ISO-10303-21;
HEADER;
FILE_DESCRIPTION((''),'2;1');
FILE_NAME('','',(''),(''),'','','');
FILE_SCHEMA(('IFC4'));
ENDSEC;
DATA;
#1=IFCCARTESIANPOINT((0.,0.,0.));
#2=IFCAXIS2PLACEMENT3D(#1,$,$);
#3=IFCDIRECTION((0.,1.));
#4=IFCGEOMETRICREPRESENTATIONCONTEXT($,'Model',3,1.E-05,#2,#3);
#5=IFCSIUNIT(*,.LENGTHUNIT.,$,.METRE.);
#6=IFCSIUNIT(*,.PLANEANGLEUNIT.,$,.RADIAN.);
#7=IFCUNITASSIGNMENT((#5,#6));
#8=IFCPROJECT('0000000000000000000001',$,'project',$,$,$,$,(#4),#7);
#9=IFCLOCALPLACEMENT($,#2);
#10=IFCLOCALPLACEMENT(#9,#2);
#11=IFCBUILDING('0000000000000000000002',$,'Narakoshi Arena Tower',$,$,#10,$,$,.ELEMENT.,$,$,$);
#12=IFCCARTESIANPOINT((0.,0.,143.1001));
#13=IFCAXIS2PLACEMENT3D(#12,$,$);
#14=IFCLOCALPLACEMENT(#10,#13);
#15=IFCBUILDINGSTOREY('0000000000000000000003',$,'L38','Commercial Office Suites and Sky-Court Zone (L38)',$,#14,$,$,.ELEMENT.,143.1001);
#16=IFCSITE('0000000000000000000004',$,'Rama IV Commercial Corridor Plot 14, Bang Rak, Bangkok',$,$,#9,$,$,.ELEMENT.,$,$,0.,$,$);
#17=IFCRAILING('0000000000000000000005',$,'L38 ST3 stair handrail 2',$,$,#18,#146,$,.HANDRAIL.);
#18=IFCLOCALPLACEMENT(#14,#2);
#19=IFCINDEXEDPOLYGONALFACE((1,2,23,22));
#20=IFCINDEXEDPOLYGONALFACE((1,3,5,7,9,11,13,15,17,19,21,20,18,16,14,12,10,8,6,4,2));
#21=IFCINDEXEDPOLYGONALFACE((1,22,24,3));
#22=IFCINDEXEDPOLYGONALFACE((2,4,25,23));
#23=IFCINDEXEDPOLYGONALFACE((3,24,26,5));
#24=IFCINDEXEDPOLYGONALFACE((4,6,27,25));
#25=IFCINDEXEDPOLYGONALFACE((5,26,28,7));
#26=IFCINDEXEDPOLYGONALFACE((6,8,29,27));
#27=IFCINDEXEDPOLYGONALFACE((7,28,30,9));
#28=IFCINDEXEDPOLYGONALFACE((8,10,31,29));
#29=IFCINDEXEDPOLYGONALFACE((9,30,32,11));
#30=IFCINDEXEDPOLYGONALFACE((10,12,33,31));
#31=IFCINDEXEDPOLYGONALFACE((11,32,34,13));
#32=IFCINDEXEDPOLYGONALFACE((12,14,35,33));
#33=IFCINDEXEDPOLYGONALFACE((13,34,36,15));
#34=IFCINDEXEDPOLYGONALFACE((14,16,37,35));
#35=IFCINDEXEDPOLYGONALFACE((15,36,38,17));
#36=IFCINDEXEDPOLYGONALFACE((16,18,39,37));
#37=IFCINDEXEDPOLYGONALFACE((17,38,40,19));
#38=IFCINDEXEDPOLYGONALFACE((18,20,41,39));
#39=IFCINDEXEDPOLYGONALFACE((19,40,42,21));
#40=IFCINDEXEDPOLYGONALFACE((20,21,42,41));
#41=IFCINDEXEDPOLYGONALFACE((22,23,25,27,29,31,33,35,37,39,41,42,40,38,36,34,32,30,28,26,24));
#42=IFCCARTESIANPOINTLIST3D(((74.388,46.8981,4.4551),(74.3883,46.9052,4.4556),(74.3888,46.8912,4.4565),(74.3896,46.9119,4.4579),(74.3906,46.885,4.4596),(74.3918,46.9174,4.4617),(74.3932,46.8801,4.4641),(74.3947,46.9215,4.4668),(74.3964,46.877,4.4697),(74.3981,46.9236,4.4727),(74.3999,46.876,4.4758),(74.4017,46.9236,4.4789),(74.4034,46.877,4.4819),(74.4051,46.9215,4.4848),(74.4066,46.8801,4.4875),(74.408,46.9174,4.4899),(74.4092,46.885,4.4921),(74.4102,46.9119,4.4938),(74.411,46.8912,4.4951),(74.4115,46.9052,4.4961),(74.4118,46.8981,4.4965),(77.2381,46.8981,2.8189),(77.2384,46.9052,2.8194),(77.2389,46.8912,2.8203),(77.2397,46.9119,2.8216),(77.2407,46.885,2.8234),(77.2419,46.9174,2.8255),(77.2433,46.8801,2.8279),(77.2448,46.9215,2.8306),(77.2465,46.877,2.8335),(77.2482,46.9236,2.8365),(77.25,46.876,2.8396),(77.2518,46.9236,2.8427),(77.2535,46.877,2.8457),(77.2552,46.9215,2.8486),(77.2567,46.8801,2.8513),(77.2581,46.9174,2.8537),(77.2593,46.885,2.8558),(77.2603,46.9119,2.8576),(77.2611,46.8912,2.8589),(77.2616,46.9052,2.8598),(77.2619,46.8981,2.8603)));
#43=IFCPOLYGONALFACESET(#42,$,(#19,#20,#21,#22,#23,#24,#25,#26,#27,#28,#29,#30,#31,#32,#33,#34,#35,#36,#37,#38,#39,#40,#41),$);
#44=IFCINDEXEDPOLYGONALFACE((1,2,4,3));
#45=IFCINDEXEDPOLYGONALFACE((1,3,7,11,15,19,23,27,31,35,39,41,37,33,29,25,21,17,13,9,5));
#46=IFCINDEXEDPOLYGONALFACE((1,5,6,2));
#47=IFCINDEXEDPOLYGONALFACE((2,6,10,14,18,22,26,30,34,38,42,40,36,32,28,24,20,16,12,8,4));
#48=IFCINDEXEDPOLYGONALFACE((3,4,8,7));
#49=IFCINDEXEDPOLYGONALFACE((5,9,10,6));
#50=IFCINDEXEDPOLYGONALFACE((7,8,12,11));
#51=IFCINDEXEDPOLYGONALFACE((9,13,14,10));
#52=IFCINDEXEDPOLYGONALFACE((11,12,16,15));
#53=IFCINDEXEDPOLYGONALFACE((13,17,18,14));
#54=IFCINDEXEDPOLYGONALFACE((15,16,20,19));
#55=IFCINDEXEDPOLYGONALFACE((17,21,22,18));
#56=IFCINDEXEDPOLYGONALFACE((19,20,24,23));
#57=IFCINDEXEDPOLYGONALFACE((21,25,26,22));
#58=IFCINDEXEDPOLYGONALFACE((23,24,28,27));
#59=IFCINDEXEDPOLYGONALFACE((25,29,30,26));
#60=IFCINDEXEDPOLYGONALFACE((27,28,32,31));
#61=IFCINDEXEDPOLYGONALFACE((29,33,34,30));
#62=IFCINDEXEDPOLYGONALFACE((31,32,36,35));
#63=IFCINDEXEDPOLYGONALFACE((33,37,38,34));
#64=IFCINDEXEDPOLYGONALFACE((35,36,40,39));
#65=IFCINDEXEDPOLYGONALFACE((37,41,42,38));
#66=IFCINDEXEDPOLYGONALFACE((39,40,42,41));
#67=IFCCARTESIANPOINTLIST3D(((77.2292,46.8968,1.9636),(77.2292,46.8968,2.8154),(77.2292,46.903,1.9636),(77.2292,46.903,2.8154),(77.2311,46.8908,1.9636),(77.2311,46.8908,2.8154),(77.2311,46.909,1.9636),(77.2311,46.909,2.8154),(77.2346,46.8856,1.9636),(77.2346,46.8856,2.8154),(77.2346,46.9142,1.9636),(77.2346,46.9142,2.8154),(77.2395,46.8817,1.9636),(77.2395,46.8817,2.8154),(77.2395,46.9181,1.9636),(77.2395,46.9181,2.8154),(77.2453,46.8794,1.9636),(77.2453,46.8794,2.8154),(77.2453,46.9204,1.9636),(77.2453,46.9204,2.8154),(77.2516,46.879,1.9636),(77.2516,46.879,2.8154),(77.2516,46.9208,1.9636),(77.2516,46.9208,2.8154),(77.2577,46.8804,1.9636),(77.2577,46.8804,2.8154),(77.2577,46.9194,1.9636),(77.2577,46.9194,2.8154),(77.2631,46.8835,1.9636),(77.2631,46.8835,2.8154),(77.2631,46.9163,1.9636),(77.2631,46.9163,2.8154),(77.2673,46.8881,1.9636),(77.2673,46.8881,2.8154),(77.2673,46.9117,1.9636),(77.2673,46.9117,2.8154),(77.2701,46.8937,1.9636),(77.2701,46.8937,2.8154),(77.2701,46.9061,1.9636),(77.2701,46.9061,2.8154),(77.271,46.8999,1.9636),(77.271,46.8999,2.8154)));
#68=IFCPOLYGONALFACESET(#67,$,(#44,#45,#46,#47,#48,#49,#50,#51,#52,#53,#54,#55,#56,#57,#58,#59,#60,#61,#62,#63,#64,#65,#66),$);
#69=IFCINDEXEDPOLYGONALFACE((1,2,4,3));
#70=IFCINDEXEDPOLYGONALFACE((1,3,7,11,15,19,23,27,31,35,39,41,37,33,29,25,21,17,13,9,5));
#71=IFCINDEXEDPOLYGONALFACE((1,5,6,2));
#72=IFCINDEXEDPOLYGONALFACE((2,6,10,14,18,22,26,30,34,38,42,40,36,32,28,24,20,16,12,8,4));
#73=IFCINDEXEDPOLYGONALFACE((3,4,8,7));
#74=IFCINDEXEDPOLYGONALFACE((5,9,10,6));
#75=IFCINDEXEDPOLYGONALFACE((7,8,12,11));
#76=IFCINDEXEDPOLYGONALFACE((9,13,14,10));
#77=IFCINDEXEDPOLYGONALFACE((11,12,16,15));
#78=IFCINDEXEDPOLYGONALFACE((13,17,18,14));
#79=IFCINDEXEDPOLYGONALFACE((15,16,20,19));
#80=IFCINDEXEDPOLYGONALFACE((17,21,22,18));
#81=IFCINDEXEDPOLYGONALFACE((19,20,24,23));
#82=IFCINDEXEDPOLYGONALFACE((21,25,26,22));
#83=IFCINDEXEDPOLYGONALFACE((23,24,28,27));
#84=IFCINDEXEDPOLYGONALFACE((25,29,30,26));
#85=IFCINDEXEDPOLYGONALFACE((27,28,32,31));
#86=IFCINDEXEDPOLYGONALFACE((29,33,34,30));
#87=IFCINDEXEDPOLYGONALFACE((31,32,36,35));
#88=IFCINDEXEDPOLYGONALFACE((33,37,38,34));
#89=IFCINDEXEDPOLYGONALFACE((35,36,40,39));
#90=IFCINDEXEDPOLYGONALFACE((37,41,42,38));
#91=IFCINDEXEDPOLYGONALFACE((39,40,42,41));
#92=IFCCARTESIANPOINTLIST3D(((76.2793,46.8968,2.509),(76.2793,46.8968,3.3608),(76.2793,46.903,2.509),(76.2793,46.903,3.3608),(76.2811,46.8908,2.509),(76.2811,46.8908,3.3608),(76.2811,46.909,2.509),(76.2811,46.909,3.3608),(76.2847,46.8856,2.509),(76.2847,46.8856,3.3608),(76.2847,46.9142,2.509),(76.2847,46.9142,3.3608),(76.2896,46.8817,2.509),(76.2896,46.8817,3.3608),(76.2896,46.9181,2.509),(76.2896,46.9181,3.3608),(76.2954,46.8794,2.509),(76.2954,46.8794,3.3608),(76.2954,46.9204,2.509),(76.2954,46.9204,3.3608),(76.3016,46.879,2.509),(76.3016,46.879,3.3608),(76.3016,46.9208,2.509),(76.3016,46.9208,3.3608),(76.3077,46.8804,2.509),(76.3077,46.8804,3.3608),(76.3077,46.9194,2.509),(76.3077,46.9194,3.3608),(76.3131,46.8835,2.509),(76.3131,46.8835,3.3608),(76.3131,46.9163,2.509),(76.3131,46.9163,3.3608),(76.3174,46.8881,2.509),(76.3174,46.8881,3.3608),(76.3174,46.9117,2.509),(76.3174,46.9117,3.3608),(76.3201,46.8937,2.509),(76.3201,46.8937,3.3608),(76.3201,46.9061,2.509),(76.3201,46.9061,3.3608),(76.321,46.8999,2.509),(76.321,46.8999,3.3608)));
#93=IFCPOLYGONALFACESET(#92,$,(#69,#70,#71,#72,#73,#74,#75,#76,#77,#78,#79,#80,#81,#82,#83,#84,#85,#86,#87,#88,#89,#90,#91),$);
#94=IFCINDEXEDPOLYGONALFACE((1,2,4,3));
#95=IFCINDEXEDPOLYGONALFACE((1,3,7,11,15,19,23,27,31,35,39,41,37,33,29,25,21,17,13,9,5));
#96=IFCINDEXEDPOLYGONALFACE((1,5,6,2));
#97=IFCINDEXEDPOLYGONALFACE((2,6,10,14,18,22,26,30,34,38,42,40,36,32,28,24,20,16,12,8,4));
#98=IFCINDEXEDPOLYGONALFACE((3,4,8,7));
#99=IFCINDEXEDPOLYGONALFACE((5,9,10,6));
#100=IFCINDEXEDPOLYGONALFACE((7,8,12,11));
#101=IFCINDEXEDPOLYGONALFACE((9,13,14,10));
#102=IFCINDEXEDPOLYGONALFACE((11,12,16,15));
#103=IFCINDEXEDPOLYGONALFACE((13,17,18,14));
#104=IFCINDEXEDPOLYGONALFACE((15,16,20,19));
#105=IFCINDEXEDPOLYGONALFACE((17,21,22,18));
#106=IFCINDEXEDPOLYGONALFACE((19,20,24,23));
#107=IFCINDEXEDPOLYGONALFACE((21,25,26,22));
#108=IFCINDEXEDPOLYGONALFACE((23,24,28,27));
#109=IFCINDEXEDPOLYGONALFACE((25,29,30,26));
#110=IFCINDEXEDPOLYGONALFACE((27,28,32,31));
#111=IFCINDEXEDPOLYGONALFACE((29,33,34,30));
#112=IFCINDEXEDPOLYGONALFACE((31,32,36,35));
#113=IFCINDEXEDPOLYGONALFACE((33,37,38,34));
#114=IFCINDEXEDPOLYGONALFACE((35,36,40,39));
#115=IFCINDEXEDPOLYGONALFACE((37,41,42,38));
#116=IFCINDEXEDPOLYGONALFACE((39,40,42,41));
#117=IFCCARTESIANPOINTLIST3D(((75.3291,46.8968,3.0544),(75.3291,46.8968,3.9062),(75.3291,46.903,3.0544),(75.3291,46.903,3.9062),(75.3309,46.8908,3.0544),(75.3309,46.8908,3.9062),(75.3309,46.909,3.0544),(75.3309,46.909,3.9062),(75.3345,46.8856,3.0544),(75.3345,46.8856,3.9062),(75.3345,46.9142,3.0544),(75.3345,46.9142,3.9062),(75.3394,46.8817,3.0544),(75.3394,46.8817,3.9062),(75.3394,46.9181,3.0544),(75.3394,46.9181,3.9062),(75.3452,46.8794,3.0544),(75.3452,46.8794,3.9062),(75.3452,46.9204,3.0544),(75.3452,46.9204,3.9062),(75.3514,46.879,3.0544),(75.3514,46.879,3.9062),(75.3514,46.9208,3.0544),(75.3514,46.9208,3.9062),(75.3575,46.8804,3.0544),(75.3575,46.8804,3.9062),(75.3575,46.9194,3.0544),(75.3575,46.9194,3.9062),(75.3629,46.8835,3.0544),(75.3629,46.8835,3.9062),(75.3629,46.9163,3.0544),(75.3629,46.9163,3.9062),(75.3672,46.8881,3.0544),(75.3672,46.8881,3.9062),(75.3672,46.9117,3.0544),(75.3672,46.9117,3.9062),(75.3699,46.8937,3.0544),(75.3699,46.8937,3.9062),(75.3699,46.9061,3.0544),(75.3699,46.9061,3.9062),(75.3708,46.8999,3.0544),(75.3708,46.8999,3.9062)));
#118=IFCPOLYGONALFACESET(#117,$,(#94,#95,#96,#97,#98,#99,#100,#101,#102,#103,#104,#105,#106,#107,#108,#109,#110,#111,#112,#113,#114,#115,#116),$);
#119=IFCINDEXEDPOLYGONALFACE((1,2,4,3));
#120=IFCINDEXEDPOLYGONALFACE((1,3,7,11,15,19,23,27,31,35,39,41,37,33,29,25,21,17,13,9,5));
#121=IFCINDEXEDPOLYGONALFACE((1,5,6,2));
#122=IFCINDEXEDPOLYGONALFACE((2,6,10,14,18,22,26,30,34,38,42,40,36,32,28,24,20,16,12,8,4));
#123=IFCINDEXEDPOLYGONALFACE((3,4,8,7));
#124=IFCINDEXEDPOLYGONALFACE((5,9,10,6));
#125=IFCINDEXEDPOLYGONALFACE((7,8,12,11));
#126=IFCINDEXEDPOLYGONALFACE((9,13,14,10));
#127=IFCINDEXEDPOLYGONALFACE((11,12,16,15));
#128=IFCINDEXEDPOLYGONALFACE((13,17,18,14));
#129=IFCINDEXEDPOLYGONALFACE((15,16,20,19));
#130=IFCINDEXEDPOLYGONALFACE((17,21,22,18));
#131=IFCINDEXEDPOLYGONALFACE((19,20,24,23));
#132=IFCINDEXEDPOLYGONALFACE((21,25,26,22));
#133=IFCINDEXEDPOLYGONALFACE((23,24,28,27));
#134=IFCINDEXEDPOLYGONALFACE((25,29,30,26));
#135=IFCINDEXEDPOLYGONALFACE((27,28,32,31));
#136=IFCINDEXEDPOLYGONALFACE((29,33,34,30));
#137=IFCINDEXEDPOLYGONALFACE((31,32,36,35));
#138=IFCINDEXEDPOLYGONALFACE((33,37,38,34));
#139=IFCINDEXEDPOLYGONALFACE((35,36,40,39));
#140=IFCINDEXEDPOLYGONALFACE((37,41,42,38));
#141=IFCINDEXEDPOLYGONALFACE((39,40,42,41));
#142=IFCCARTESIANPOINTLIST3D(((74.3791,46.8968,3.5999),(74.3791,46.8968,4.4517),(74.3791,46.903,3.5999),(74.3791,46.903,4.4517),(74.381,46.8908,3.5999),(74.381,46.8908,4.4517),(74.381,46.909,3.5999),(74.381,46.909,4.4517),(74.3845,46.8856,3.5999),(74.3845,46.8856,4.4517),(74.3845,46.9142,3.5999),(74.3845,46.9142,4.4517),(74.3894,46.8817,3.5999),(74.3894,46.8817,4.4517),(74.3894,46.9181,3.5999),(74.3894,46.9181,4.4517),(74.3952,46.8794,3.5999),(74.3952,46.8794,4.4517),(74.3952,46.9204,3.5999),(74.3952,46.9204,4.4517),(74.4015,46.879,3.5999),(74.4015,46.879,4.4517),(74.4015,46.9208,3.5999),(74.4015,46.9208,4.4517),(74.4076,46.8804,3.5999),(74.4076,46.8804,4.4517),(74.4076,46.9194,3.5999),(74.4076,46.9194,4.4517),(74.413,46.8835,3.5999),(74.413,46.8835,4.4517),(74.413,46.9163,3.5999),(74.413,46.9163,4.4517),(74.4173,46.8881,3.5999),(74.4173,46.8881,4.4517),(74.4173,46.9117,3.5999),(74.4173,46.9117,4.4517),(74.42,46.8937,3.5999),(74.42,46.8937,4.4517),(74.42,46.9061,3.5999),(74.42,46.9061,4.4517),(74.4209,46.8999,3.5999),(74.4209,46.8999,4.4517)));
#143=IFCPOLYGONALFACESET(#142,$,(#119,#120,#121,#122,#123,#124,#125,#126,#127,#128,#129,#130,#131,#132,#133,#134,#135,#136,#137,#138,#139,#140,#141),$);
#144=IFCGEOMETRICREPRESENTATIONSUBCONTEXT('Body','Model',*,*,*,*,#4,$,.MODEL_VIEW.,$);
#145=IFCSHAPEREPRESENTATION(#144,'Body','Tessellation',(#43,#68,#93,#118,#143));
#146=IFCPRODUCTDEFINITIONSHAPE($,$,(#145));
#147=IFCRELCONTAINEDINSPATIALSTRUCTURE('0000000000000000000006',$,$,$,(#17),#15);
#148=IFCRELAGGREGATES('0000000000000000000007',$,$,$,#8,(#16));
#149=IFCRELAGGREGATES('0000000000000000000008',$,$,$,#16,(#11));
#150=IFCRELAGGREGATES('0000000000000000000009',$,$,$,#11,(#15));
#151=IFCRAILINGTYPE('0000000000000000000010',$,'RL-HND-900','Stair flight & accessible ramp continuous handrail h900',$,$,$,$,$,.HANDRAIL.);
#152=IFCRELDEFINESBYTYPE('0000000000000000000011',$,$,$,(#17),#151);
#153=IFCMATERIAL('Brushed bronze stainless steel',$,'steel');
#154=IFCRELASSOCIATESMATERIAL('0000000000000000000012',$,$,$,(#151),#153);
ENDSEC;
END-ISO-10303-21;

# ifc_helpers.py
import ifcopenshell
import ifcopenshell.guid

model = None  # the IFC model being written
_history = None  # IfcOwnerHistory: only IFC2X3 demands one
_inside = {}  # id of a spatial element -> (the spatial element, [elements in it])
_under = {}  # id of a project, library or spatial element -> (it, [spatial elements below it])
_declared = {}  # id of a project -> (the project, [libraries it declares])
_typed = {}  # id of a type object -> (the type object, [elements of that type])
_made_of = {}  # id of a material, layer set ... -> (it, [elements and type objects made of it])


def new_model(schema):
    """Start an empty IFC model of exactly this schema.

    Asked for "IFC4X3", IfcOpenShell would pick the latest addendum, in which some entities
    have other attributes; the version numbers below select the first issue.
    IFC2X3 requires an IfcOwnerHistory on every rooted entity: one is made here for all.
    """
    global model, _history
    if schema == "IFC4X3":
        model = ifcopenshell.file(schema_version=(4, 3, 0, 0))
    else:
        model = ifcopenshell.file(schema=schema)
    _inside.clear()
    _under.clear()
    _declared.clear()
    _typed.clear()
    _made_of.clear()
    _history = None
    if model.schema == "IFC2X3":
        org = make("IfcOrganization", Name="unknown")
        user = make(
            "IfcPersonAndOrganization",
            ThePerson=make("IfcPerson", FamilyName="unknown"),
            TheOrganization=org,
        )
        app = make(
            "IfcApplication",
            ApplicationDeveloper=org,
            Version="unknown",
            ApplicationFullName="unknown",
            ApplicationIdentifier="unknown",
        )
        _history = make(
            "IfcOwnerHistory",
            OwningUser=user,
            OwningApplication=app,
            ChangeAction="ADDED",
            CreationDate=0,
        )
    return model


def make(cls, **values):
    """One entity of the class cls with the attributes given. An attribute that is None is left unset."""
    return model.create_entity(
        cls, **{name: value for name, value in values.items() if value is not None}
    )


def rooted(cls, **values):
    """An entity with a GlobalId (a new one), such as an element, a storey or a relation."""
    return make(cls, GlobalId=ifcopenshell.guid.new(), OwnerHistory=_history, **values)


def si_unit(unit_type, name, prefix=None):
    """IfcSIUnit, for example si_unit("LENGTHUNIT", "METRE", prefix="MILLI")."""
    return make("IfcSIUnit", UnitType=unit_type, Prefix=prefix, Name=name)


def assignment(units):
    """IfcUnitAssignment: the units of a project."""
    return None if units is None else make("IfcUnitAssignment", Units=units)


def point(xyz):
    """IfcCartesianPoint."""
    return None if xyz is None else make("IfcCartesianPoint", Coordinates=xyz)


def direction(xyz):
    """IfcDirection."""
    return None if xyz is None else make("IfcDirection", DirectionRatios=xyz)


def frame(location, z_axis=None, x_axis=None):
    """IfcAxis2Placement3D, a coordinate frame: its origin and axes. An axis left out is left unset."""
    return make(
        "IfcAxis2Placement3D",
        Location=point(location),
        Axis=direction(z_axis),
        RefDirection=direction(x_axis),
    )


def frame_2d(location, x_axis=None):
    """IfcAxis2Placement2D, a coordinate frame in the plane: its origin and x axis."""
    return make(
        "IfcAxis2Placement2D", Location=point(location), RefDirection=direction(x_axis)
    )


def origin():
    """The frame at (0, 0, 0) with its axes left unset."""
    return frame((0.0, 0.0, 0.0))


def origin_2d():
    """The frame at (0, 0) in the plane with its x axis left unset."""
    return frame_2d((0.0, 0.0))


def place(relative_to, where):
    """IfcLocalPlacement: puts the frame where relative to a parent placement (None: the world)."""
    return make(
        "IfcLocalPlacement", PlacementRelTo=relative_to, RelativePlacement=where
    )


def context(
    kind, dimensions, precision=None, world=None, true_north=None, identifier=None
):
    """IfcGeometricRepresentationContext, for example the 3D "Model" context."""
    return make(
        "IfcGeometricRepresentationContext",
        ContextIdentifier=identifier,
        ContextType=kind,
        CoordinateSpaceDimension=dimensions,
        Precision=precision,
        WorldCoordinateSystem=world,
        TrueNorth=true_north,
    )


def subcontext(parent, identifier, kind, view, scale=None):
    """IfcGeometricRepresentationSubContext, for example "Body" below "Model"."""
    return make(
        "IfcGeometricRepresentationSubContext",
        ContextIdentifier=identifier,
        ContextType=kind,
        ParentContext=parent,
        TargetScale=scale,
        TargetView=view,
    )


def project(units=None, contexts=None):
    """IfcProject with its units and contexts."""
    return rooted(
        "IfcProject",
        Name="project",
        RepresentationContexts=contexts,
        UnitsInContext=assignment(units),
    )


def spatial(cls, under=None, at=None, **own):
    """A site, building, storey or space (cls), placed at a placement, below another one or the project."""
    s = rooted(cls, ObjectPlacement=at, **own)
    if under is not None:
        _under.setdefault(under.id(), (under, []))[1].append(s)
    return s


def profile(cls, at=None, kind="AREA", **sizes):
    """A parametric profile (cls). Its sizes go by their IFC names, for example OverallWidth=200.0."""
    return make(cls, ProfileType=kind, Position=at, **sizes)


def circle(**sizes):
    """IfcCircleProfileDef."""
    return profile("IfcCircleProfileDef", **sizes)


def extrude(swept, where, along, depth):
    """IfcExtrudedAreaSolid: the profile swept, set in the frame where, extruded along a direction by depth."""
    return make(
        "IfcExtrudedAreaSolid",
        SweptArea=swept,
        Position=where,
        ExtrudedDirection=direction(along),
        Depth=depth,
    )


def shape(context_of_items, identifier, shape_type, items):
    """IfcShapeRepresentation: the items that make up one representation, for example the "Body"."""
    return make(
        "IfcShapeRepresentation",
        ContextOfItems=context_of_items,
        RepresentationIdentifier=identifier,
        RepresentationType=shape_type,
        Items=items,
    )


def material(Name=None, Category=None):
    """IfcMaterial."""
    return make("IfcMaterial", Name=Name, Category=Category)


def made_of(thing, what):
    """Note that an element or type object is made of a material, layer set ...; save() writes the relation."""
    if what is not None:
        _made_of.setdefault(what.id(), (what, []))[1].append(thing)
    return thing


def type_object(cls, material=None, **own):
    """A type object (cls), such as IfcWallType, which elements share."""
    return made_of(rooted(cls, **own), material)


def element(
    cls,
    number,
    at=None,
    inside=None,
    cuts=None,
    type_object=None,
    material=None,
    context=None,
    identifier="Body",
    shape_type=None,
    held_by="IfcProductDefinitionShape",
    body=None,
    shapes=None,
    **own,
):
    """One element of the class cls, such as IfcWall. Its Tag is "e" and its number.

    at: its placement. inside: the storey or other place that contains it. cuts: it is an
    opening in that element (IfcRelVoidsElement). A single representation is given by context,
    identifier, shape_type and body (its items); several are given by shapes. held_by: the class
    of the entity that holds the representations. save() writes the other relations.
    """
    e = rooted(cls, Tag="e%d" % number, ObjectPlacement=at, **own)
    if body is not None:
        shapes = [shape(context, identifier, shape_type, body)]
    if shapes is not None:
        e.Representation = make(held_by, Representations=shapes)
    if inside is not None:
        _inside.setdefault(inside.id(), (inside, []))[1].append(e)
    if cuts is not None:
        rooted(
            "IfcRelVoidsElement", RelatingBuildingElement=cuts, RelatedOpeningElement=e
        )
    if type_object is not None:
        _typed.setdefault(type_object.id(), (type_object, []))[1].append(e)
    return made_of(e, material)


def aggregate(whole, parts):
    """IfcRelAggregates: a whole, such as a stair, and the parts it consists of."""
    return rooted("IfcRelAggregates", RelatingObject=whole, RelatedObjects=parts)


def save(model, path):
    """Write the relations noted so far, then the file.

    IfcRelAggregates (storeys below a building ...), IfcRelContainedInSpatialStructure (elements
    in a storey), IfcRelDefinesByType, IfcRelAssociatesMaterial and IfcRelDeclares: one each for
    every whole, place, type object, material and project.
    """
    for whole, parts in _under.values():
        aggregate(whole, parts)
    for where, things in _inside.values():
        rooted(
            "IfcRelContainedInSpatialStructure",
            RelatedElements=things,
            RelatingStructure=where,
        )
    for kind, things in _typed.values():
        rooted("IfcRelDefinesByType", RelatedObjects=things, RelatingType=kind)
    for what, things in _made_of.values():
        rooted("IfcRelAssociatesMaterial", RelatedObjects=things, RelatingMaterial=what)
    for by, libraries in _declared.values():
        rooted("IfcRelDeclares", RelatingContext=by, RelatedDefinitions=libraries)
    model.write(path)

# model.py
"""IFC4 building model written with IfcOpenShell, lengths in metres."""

from ifc_helpers import new_model, si_unit, direction, frame, origin, origin_2d, place, context, subcontext, project, spatial, circle, extrude, material, type_object, element, save


model = new_model("IFC4")

# Units and contexts
model_context = context("Model", 3, precision=1e-05, world=origin(), true_north=direction((0.0, 1.0)))
body_context = subcontext(model_context, "Body", "Model", "MODEL_VIEW")
ifc_project = project(units=[si_unit("LENGTHUNIT", "METRE"), si_unit("PLANEANGLEUNIT", "RADIAN")], contexts=[model_context])

# Site, building, storey
site_placement = place(None, origin())
site = spatial("IfcSite", under=ifc_project, at=site_placement, Name="Rama IV Commercial Corridor Plot 14, Bang Rak, Bangkok", CompositionType="ELEMENT", RefElevation=0.0)
building_placement = place(site_placement, origin())
building = spatial("IfcBuilding", under=site, at=building_placement, Name="Narakoshi Arena Tower", CompositionType="ELEMENT")
storey_placement = place(building_placement, frame((0.0, 0.0, 143.1001)))
storey = spatial("IfcBuildingStorey", under=building, at=storey_placement, Name="L38", Description="Commercial Office Suites and Sky-Court Zone (L38)", CompositionType="ELEMENT", Elevation=143.1001)

# Railing
ifc_material_1 = material(Name="Brushed bronze stainless steel", Category="steel")
railing_type_1 = type_object("IfcRailingType", Name="RL-HND-900", Description="Stair flight & accessible ramp continuous handrail h900", PredefinedType="HANDRAIL", material=ifc_material_1)
railing_1_placement = place(storey_placement, frame((77.25, 46.8999, 1.9636)))
element("IfcRailing", 1, at=railing_1_placement, inside=storey, type_object=railing_type_1, Name="L38 ST3 stair handrail 2", PredefinedType="HANDRAIL", context=body_context, shape_type="SweptSolid", body=[
    extrude(circle(Radius=0.0239, at=origin_2d()), frame((0.0, 0.0, 0.876), z_axis=(-0.867245, 0.0, 0.497882), x_axis=(0.0, -1.0, 0.0)), (0.0, 0.0, 1.0), 3.2864),
    extrude(circle(Radius=0.021, at=origin_2d()), origin(), (0.0, 0.0, 1.0), 0.8518),
    extrude(circle(Radius=0.021, at=origin_2d()), frame((-0.95, 0.0, 0.5454)), (0.0, 0.0, 1.0), 0.8518),
    extrude(circle(Radius=0.021, at=origin_2d()), frame((-1.9001, 0.0, 1.0908)), (0.0, 0.0, 1.0), 0.8518),
    extrude(circle(Radius=0.021, at=origin_2d()), frame((-2.8501, 0.0, 1.6362)), (0.0, 0.0, 1.0), 0.8518),
])

save(model, "model.ifc")
